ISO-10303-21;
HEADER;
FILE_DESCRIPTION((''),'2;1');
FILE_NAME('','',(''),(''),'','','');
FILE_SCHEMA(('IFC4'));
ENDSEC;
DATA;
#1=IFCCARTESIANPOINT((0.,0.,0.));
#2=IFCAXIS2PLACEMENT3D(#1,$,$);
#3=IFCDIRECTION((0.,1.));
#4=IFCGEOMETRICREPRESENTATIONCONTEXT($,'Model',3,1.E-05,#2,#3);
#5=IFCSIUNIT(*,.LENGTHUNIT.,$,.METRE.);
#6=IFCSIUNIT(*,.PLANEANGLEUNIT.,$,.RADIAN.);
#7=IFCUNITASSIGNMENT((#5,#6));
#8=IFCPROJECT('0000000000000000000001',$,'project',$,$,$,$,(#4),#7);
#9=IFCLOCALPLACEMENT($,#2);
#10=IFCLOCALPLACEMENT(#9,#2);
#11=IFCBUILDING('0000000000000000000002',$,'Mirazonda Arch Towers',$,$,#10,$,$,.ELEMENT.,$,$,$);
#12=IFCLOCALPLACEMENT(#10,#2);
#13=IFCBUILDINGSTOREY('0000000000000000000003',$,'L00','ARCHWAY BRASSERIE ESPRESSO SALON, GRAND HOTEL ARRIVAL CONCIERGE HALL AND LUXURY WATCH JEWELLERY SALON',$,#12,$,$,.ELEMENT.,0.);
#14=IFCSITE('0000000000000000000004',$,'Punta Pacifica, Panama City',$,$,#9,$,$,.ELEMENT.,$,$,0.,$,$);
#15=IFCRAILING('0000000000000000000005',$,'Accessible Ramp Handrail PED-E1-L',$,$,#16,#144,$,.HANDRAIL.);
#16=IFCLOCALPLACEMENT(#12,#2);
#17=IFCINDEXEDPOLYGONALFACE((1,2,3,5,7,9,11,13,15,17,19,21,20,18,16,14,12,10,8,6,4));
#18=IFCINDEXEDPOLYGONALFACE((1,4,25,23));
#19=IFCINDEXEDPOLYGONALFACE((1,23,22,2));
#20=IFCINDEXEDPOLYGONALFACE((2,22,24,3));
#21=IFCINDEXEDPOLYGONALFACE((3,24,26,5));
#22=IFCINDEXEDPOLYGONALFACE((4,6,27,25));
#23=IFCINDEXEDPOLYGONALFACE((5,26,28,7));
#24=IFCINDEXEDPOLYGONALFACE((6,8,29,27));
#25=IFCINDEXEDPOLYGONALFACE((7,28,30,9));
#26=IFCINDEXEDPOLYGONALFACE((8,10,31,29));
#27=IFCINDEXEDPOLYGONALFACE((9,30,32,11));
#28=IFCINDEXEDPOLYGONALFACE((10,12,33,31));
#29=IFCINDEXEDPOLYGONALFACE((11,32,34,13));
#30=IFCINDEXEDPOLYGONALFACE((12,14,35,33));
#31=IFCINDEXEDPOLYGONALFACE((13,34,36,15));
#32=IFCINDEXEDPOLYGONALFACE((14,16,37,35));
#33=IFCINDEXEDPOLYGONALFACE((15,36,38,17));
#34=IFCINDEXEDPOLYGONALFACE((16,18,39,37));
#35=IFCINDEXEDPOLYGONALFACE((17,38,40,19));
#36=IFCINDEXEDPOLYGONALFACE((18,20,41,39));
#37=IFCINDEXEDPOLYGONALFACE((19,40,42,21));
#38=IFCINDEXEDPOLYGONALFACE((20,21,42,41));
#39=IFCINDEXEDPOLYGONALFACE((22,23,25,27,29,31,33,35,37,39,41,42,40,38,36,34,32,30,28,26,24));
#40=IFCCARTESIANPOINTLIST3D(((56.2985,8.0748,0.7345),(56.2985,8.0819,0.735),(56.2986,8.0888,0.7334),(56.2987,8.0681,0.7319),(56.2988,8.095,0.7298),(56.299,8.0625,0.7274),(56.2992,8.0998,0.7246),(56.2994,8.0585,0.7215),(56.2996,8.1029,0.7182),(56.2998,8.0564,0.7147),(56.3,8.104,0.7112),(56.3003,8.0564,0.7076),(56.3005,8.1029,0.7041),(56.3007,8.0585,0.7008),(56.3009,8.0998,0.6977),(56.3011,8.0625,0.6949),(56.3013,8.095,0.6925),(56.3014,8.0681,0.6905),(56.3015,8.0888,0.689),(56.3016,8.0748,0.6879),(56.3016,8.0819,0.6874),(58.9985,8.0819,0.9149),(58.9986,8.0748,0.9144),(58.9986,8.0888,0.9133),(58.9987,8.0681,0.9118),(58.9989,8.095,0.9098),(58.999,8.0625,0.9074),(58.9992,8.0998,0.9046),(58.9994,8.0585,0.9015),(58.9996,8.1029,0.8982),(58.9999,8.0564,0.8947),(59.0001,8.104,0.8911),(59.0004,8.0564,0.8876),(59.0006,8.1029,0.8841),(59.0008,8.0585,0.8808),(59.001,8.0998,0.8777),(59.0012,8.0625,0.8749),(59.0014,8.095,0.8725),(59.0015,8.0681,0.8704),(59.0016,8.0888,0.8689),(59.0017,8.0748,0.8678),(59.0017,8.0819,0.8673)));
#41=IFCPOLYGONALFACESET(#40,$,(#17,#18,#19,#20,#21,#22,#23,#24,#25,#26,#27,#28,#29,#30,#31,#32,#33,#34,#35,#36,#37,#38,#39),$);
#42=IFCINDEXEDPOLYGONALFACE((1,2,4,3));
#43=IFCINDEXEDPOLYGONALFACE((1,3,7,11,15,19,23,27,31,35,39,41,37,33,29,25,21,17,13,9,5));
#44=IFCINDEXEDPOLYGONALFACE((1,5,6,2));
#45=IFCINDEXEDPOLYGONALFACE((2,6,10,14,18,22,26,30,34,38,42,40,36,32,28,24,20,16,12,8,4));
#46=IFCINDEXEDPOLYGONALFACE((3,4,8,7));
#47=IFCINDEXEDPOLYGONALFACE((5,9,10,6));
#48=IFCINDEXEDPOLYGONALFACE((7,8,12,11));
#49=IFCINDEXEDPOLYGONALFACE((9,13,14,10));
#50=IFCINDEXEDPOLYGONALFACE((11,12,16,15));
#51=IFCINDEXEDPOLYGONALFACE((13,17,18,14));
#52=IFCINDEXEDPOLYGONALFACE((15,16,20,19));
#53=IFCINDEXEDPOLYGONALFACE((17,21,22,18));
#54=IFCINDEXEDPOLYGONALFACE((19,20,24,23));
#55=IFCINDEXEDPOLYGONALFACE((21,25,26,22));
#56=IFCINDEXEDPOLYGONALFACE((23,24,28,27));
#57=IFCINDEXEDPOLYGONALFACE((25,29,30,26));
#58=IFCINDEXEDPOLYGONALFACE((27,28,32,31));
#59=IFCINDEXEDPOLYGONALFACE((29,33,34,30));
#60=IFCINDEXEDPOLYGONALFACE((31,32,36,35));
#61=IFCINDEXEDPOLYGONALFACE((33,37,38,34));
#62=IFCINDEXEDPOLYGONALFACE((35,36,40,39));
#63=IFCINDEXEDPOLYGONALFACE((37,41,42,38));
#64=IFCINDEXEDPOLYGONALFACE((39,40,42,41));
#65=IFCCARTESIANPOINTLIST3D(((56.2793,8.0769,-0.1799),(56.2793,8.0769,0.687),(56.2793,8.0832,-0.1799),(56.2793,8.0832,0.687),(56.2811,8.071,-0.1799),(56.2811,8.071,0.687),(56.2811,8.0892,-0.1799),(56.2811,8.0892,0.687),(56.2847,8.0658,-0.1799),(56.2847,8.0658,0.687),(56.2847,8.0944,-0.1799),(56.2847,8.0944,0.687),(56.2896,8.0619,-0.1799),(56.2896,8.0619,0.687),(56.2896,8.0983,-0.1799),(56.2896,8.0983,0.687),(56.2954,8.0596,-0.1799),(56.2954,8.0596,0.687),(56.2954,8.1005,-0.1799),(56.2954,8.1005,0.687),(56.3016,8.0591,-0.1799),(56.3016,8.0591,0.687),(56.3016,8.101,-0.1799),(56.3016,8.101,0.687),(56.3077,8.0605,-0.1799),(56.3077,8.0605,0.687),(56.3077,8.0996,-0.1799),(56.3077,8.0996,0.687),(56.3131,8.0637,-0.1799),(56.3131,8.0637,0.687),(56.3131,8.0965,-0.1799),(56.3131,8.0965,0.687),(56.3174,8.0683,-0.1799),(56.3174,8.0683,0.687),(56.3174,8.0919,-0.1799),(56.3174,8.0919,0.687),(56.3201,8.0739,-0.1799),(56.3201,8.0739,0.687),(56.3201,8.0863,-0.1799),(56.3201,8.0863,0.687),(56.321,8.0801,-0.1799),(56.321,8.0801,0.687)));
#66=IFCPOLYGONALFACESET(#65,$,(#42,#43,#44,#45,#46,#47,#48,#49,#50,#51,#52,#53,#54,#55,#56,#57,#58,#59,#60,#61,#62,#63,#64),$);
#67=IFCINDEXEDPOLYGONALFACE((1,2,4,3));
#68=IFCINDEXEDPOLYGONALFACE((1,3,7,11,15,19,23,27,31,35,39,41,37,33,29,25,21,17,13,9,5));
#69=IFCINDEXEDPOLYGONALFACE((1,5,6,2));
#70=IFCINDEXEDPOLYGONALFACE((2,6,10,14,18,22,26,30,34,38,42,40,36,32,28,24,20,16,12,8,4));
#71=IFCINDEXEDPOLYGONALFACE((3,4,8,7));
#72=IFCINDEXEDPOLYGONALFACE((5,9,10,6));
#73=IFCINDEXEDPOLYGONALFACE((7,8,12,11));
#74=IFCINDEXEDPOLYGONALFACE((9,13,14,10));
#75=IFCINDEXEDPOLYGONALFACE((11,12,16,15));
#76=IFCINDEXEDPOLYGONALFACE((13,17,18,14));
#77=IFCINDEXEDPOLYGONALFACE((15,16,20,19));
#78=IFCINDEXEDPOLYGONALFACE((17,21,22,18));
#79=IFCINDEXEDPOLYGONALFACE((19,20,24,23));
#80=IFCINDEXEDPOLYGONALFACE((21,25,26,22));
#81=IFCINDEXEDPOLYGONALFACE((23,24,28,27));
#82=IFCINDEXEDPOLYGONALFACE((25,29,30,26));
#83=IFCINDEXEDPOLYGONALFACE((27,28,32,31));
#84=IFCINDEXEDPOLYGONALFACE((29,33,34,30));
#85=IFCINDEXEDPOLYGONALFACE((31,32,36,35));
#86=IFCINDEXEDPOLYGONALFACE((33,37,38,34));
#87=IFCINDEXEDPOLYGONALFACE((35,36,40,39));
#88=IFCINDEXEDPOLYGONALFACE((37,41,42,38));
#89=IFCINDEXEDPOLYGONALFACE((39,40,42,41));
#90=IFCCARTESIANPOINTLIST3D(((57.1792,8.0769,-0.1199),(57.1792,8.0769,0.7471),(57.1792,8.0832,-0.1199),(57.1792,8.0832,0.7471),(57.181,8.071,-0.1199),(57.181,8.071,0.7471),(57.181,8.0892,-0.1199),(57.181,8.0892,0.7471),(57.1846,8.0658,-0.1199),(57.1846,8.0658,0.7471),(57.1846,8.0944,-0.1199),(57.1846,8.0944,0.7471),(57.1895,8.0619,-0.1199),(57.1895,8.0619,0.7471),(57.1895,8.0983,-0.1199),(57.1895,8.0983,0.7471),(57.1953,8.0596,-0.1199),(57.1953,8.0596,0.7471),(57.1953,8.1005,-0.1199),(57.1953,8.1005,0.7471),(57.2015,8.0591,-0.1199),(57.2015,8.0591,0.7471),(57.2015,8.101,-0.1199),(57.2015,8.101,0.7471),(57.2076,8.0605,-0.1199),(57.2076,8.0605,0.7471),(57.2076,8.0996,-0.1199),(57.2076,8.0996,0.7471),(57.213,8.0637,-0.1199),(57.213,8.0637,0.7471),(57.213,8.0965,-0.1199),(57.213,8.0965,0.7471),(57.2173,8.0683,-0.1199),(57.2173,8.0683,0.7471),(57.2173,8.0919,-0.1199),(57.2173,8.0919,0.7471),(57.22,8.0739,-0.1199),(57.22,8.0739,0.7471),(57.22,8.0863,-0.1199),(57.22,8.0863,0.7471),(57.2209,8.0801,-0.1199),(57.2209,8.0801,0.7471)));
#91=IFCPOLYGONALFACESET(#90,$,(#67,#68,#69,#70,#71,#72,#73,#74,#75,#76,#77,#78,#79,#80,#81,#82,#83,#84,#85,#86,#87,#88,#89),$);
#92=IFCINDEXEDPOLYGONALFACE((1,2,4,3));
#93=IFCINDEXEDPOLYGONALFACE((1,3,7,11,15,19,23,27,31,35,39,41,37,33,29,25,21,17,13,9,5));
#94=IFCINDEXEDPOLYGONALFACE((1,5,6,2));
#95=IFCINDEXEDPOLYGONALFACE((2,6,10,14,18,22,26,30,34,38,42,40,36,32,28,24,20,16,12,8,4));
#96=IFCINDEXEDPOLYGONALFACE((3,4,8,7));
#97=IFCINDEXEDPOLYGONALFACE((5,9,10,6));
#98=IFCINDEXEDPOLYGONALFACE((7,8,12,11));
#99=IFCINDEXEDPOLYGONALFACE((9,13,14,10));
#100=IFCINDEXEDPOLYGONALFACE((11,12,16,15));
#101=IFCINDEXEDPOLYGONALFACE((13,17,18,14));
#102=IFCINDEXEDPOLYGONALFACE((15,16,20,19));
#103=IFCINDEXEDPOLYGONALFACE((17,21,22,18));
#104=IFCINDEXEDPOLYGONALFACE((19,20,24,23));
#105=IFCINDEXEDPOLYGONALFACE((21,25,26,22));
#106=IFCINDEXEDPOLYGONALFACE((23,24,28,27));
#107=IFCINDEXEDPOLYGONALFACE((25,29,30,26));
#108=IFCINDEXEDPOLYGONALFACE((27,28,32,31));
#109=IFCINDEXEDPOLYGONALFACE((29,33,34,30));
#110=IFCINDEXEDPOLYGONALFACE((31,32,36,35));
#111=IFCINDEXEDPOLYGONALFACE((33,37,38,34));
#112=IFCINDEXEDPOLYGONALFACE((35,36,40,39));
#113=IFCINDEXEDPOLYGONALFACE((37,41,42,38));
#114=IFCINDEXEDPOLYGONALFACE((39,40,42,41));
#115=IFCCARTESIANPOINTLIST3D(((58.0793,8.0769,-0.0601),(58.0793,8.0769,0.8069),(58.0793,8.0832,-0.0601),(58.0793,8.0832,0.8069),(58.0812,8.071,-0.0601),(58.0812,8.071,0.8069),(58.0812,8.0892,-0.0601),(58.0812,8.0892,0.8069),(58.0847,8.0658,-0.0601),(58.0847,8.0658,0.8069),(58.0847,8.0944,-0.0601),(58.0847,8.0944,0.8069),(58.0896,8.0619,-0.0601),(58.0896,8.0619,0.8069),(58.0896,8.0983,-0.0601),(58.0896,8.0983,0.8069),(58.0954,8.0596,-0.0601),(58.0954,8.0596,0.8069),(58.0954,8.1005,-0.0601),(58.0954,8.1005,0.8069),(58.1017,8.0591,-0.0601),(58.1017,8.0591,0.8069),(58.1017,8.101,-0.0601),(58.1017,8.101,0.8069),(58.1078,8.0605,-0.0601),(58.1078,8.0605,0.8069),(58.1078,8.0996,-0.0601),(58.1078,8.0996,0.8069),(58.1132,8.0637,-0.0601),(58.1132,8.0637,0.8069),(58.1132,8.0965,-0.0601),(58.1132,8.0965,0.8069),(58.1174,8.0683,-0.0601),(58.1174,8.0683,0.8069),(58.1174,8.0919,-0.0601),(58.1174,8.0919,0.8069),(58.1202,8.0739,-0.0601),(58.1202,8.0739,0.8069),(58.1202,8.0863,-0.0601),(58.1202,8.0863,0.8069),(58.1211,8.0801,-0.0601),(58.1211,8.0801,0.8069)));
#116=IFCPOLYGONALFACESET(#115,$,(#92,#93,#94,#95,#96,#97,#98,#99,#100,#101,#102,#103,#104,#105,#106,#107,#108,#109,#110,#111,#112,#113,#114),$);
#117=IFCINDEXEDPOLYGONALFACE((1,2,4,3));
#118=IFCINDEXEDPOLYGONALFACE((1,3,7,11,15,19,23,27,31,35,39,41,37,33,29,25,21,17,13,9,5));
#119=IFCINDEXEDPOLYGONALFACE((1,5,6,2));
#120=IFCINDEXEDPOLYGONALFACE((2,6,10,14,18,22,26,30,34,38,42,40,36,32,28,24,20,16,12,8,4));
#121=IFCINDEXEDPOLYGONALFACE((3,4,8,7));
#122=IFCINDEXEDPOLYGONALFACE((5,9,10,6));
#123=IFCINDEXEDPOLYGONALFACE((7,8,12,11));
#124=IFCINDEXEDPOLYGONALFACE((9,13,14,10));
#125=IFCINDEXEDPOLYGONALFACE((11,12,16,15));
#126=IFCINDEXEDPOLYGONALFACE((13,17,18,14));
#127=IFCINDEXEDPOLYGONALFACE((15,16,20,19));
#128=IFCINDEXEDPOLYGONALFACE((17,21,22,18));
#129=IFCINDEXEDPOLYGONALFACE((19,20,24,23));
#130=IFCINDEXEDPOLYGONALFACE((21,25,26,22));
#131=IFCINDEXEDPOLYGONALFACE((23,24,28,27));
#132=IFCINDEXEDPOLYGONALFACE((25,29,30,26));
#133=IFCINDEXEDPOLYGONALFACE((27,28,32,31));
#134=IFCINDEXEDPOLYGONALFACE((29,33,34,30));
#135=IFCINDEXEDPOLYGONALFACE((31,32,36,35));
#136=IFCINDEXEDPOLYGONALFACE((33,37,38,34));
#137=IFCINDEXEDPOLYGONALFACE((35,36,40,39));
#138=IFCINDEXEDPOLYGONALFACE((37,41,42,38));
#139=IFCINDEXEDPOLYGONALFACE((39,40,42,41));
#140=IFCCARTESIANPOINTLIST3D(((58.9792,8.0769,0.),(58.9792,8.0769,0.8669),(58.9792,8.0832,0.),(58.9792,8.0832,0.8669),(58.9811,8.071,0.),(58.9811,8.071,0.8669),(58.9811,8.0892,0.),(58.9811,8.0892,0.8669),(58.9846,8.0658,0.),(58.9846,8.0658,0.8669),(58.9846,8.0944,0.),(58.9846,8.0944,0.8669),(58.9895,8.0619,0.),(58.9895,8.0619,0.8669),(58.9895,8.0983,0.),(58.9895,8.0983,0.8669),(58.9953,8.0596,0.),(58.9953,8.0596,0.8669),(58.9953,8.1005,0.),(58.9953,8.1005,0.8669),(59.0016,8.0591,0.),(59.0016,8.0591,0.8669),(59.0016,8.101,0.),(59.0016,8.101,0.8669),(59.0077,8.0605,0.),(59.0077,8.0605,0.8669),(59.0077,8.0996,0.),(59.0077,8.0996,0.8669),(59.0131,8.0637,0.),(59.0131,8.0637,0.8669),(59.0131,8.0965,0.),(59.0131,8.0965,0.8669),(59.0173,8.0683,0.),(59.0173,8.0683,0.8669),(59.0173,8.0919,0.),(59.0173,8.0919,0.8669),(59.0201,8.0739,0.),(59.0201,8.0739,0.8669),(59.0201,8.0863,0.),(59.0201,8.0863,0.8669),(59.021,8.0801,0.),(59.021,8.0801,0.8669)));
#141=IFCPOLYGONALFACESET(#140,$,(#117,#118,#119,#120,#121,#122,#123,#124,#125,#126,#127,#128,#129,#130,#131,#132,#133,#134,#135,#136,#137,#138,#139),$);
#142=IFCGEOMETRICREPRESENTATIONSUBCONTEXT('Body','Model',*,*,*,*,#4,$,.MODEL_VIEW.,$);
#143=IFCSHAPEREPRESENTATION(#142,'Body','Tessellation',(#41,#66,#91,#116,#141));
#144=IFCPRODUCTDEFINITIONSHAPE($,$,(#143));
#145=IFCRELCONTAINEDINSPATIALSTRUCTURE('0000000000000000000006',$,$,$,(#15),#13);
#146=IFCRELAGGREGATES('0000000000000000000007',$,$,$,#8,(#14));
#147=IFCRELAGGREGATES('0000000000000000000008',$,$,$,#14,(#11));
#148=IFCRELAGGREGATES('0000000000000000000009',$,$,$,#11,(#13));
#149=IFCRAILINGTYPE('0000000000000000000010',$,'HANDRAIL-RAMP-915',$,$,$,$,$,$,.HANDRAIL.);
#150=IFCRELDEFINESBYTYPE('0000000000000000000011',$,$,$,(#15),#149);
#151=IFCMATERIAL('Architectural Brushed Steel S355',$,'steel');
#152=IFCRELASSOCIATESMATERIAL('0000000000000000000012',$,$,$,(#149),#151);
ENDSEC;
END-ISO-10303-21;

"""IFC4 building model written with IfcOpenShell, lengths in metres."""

from ifc_helpers import new_model, si_unit, direction, frame, origin, origin_2d, place, context, subcontext, project, spatial, circle, extrude, material, type_object, element, save


model = new_model("IFC4")

# Units and contexts
model_context = context("Model", 3, precision=1e-05, world=origin(), true_north=direction((0.0, 1.0)))
body_context = subcontext(model_context, "Body", "Model", "MODEL_VIEW")
ifc_project = project(units=[si_unit("LENGTHUNIT", "METRE"), si_unit("PLANEANGLEUNIT", "RADIAN")], contexts=[model_context])

# Site, building, storey
site_placement = place(None, origin())
site = spatial("IfcSite", under=ifc_project, at=site_placement, Name="Punta Pacifica, Panama City", CompositionType="ELEMENT", RefElevation=0.0)
building_placement = place(site_placement, origin())
building = spatial("IfcBuilding", under=site, at=building_placement, Name="Mirazonda Arch Towers", CompositionType="ELEMENT")
storey_placement = place(building_placement, origin())
storey = spatial("IfcBuildingStorey", under=building, at=storey_placement, Name="L00", Description="ARCHWAY BRASSERIE ESPRESSO SALON, GRAND HOTEL ARRIVAL CONCIERGE HALL AND LUXURY WATCH JEWELLERY SALON", CompositionType="ELEMENT", Elevation=0.0)

# Railing
ifc_material_1 = material(Name="Architectural Brushed Steel S355", Category="steel")
railing_type_1 = type_object("IfcRailingType", Name="HANDRAIL-RAMP-915", PredefinedType="HANDRAIL", material=ifc_material_1)
for number, where, name in (
    (1, (56.3, 8.0801, -0.1799), "Accessible Ramp Handrail PED-E1-L"),
):
    element("IfcRailing", number, at=place(storey_placement, frame(where)), inside=storey, type_object=railing_type_1, Name=name, PredefinedType="HANDRAIL", context=body_context, shape_type="SweptSolid", body=[
        extrude(circle(Radius=0.0239, at=origin_2d()), frame((0.0, 0.0, 0.8911), z_axis=(0.997787, 0.0, 0.066495), x_axis=(0.0, 1.0, 0.0)), (0.0, 0.0, 1.0), 2.7061),
        extrude(circle(Radius=0.021, at=origin_2d()), origin(), (0.0, 0.0, 1.0), 0.8669),
        extrude(circle(Radius=0.021, at=origin_2d()), frame((0.8999, 0.0, 0.0601)), (0.0, 0.0, 1.0), 0.8669),
        extrude(circle(Radius=0.021, at=origin_2d()), frame((1.8, 0.0, 0.1199)), (0.0, 0.0, 1.0), 0.8669),
        extrude(circle(Radius=0.021, at=origin_2d()), frame((2.7, 0.0, 0.1799)), (0.0, 0.0, 1.0), 0.8669),
    ])

save(model, "model.ifc")
